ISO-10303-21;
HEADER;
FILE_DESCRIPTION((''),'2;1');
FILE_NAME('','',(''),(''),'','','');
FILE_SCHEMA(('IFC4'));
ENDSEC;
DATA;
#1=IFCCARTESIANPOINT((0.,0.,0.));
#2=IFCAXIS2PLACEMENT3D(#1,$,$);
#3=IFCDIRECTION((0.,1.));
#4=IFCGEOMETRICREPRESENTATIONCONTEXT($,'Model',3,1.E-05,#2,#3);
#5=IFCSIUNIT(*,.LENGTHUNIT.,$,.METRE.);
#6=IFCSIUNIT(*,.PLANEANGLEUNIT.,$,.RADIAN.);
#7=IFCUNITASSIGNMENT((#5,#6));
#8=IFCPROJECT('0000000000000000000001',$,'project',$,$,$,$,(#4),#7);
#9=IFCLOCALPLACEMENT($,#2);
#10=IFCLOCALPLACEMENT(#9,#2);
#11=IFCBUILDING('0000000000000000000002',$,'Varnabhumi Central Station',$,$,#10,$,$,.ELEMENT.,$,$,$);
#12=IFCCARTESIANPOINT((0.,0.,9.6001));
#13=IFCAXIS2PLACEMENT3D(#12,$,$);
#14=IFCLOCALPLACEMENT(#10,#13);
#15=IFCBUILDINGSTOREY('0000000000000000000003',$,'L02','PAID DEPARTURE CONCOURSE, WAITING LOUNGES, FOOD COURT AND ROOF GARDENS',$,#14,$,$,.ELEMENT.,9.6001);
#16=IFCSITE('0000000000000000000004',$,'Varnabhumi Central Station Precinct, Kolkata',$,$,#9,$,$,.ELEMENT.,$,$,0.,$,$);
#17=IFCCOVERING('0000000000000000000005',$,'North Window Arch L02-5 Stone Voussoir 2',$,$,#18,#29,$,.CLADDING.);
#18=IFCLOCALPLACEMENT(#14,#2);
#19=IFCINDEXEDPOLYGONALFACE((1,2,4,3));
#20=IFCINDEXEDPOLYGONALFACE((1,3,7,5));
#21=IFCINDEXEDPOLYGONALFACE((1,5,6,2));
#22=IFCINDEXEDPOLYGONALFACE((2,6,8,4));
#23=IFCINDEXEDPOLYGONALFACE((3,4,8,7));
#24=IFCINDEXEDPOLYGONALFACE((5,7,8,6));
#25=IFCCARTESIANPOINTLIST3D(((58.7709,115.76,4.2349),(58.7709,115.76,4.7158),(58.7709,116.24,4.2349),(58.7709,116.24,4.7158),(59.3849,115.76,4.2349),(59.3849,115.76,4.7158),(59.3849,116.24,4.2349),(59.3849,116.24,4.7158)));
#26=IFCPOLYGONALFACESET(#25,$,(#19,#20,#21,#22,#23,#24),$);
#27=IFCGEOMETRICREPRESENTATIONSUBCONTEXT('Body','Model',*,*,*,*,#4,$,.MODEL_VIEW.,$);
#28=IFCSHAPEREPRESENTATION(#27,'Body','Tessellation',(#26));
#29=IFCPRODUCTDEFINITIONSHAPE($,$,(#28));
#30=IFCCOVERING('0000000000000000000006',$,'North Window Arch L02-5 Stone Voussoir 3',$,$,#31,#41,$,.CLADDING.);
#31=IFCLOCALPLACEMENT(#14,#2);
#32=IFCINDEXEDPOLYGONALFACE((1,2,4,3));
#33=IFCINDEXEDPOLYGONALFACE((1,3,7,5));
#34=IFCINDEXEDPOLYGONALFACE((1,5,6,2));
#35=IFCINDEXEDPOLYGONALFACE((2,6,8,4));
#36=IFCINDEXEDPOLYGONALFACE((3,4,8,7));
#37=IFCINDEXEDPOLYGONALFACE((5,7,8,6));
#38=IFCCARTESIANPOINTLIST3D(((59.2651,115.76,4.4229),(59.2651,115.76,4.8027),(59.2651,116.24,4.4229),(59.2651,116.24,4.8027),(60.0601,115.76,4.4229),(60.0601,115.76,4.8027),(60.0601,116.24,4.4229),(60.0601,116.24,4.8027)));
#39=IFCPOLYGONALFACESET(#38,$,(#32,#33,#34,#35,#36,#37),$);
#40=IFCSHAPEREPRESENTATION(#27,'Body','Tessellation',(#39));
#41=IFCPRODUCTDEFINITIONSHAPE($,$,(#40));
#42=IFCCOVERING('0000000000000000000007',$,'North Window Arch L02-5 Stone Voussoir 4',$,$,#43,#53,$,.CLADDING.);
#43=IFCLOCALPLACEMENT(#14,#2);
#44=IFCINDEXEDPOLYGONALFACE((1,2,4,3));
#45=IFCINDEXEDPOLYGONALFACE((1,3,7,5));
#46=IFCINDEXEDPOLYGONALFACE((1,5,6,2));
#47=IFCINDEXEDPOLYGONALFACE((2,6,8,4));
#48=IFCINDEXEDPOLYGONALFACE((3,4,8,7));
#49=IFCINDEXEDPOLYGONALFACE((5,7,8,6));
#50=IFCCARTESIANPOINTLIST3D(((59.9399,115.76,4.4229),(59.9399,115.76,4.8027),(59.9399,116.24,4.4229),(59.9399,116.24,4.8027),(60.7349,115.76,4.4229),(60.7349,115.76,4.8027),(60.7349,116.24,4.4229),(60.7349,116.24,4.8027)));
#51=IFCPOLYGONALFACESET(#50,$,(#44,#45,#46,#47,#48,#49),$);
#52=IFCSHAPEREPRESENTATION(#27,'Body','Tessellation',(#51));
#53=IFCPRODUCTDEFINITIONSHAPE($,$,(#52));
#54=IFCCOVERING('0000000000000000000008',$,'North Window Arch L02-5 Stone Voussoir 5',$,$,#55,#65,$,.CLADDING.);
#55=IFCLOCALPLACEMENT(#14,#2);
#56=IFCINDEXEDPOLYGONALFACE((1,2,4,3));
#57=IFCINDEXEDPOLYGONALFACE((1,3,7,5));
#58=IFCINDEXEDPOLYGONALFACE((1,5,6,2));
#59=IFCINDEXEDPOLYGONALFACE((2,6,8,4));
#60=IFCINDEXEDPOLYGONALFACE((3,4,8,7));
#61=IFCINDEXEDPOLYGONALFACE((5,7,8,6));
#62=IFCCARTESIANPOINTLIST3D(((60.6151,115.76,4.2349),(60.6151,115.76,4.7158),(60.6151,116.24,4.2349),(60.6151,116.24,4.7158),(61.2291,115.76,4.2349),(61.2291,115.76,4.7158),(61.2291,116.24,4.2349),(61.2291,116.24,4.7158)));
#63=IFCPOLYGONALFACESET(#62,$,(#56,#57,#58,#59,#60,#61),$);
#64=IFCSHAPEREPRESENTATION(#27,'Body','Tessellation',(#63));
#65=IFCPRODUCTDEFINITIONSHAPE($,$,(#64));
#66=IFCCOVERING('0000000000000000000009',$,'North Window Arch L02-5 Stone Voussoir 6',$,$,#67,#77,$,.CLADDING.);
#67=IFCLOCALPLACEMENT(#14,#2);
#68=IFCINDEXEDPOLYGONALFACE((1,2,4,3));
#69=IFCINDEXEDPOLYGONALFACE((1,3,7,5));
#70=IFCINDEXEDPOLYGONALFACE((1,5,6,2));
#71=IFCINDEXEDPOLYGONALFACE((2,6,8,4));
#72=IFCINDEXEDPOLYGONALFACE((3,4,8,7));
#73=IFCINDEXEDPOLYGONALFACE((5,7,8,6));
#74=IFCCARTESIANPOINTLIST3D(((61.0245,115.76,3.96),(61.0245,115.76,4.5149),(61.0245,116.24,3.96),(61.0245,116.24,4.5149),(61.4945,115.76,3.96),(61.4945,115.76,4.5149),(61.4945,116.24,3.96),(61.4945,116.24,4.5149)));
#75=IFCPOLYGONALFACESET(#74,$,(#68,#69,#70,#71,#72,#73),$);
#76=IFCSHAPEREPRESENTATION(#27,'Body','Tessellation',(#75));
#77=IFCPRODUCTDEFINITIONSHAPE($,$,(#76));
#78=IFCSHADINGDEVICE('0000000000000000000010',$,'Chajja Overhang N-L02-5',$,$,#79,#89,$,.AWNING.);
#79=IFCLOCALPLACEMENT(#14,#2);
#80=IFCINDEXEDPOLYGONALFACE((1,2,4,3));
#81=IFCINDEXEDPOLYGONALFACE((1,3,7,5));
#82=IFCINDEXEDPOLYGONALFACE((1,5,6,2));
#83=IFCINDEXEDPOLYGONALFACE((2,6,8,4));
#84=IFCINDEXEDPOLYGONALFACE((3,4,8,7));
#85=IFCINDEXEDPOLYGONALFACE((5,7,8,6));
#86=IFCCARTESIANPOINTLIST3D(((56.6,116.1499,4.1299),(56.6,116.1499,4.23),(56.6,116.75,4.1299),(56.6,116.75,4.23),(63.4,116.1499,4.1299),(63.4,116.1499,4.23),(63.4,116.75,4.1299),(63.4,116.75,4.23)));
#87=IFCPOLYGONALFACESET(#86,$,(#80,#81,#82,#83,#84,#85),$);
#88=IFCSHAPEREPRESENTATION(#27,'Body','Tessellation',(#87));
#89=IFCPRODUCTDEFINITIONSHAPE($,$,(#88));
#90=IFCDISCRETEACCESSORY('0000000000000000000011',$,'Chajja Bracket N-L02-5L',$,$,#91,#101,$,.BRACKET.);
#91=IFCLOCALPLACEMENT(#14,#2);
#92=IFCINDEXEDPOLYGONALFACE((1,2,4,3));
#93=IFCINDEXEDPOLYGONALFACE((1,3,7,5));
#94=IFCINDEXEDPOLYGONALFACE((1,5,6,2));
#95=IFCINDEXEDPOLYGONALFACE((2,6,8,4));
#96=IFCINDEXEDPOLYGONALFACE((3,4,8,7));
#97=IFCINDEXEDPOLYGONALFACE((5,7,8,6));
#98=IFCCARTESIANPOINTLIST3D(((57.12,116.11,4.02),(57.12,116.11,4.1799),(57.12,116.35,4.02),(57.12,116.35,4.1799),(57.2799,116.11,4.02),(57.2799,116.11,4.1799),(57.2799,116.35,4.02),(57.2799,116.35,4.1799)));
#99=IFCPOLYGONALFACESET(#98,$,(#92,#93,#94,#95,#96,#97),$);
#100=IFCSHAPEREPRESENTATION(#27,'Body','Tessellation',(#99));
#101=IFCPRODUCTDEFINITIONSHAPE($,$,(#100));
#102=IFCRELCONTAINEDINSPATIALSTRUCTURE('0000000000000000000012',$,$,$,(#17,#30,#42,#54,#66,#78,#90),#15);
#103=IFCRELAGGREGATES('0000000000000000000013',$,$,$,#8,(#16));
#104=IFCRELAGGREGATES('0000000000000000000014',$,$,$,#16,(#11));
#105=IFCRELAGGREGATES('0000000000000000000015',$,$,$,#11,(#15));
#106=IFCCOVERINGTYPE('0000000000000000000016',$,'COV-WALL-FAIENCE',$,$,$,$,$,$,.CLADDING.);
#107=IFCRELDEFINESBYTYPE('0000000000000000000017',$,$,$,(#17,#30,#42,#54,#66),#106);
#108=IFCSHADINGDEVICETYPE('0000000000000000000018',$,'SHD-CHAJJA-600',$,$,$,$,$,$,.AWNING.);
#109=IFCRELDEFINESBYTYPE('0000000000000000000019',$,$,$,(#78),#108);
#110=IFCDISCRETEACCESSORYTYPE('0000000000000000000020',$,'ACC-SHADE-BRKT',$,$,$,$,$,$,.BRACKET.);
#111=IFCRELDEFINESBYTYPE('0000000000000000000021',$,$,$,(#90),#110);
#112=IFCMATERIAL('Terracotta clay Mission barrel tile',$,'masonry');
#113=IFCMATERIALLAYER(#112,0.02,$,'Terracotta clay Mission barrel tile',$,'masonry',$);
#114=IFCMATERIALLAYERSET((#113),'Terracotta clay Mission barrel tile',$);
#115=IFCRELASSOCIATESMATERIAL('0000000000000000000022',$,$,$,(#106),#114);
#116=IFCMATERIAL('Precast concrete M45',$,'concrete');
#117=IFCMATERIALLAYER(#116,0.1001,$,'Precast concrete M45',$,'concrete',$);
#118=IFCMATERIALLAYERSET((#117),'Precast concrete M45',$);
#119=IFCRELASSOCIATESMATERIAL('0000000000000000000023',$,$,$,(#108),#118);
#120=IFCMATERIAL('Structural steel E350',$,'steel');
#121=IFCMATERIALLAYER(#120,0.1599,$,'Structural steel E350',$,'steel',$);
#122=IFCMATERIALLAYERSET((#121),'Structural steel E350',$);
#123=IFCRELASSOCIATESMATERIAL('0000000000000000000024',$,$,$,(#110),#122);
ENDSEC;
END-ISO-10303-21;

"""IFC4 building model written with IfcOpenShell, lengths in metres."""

from ifc_helpers import new_model, si_unit, direction, frame, origin, origin_2d, place, context, subcontext, project, spatial, rectangle, extrude, material, layer, layer_set, type_object, element, save


model = new_model("IFC4")

# Units and contexts
model_context = context("Model", 3, precision=1e-05, world=origin(), true_north=direction((0.0, 1.0)))
body_context = subcontext(model_context, "Body", "Model", "MODEL_VIEW")
ifc_project = project(units=[si_unit("LENGTHUNIT", "METRE"), si_unit("PLANEANGLEUNIT", "RADIAN")], contexts=[model_context])

# Site, building, storey
site_placement = place(None, origin())
site = spatial("IfcSite", under=ifc_project, at=site_placement, Name="Varnabhumi Central Station Precinct, Kolkata", CompositionType="ELEMENT", RefElevation=0.0)
building_placement = place(site_placement, origin())
building = spatial("IfcBuilding", under=site, at=building_placement, Name="Varnabhumi Central Station", CompositionType="ELEMENT")
storey_placement = place(building_placement, frame((0.0, 0.0, 9.6001)))
storey = spatial("IfcBuildingStorey", under=building, at=storey_placement, Name="L02", Description="PAID DEPARTURE CONCOURSE, WAITING LOUNGES, FOOD COURT AND ROOF GARDENS", CompositionType="ELEMENT", Elevation=9.6001)

# Shared definitions
ifc_material_1 = material(Name="Structural steel E350", Category="steel")

# Coverings
ifc_material_2 = material(Name="Terracotta clay Mission barrel tile", Category="masonry")
ifc_layer_1 = layer(ifc_material_2, 0.02, Name="Terracotta clay Mission barrel tile", Category="masonry")
ifc_layer_set_1 = layer_set([ifc_layer_1], Name="Terracotta clay Mission barrel tile")
covering_type = type_object("IfcCoveringType", Name="COV-WALL-FAIENCE", PredefinedType="CLADDING", material=ifc_layer_set_1)
covering_1_placement = place(storey_placement, frame((59.0779, 116.0, 4.2349), z_axis=(0.0, 0.0, 1.0), x_axis=(1.0, 0.0, 0.0)))
element("IfcCovering", 1, at=covering_1_placement, inside=storey, type_object=covering_type, Name="North Window Arch L02-5 Stone Voussoir 2", PredefinedType="CLADDING", context=body_context, shape_type="SweptSolid", body=[
    extrude(rectangle(XDim=0.614, YDim=0.48, at=origin_2d()), origin(), (0.0, 0.0, 1.0), 0.481),
])
for number, where, z_axis, x_axis, name in (
    (2, (59.6626, 116.0, 4.4229), (0.0, 0.0, 1.0), (1.0, 0.0, 0.0), "North Window Arch L02-5 Stone Voussoir 3"),
    (3, (60.3374, 116.0, 4.4229), (0.0, 0.0, 1.0), (1.0, 0.0, 0.0), "North Window Arch L02-5 Stone Voussoir 4"),
):
    element("IfcCovering", number, at=place(storey_placement, frame(where, z_axis=z_axis, x_axis=x_axis)), inside=storey, type_object=covering_type, Name=name, PredefinedType="CLADDING", context=body_context, shape_type="SweptSolid", body=[
        extrude(rectangle(XDim=0.7949, YDim=0.48, at=origin_2d()), origin(), (0.0, 0.0, 1.0), 0.3799),
    ])
covering_2_placement = place(storey_placement, frame((60.9221, 116.0, 4.2349), z_axis=(0.0, 0.0, 1.0), x_axis=(1.0, 0.0, 0.0)))
element("IfcCovering", 4, at=covering_2_placement, inside=storey, type_object=covering_type, Name="North Window Arch L02-5 Stone Voussoir 5", PredefinedType="CLADDING", context=body_context, shape_type="SweptSolid", body=[
    extrude(rectangle(XDim=0.614, YDim=0.48, at=origin_2d()), origin(), (0.0, 0.0, 1.0), 0.481),
])
covering_3_placement = place(storey_placement, frame((61.2595, 116.0, 3.96), z_axis=(0.0, 0.0, 1.0), x_axis=(1.0, 0.0, 0.0)))
element("IfcCovering", 5, at=covering_3_placement, inside=storey, type_object=covering_type, Name="North Window Arch L02-5 Stone Voussoir 6", PredefinedType="CLADDING", context=body_context, shape_type="SweptSolid", body=[
    extrude(rectangle(XDim=0.47, YDim=0.48, at=origin_2d()), origin(), (0.0, 0.0, 1.0), 0.5549),
])

# Shading device
ifc_material_3 = material(Name="Precast concrete M45", Category="concrete")
ifc_layer_2 = layer(ifc_material_3, 0.1001, Name="Precast concrete M45", Category="concrete")
ifc_layer_set_2 = layer_set([ifc_layer_2], Name="Precast concrete M45")
shading_device_type = type_object("IfcShadingDeviceType", Name="SHD-CHAJJA-600", PredefinedType="AWNING", material=ifc_layer_set_2)
shading_device_placement = place(storey_placement, frame((60.0, 116.45, 4.1299), z_axis=(0.0, 0.0, 1.0), x_axis=(1.0, 0.0, 0.0)))
element("IfcShadingDevice", 6, at=shading_device_placement, inside=storey, type_object=shading_device_type, Name="Chajja Overhang N-L02-5", PredefinedType="AWNING", context=body_context, shape_type="SweptSolid", body=[
    extrude(rectangle(XDim=6.8, YDim=0.6001, at=origin_2d()), origin(), (0.0, 0.0, 1.0), 0.1001),
])

# Discrete accessory
ifc_layer_3 = layer(ifc_material_1, 0.1599, Name="Structural steel E350", Category="steel")
ifc_layer_set_3 = layer_set([ifc_layer_3], Name="Structural steel E350")
discrete_accessory_type = type_object("IfcDiscreteAccessoryType", Name="ACC-SHADE-BRKT", PredefinedType="BRACKET", material=ifc_layer_set_3)
discrete_accessory_placement = place(storey_placement, frame((57.2, 116.23, 4.02), z_axis=(0.0, 0.0, 1.0), x_axis=(1.0, 0.0, 0.0)))
element("IfcDiscreteAccessory", 7, at=discrete_accessory_placement, inside=storey, type_object=discrete_accessory_type, Name="Chajja Bracket N-L02-5L", PredefinedType="BRACKET", context=body_context, shape_type="SweptSolid", body=[
    extrude(rectangle(XDim=0.1599, YDim=0.24, at=origin_2d()), origin(), (0.0, 0.0, 1.0), 0.1599),
])

save(model, "model.ifc")
